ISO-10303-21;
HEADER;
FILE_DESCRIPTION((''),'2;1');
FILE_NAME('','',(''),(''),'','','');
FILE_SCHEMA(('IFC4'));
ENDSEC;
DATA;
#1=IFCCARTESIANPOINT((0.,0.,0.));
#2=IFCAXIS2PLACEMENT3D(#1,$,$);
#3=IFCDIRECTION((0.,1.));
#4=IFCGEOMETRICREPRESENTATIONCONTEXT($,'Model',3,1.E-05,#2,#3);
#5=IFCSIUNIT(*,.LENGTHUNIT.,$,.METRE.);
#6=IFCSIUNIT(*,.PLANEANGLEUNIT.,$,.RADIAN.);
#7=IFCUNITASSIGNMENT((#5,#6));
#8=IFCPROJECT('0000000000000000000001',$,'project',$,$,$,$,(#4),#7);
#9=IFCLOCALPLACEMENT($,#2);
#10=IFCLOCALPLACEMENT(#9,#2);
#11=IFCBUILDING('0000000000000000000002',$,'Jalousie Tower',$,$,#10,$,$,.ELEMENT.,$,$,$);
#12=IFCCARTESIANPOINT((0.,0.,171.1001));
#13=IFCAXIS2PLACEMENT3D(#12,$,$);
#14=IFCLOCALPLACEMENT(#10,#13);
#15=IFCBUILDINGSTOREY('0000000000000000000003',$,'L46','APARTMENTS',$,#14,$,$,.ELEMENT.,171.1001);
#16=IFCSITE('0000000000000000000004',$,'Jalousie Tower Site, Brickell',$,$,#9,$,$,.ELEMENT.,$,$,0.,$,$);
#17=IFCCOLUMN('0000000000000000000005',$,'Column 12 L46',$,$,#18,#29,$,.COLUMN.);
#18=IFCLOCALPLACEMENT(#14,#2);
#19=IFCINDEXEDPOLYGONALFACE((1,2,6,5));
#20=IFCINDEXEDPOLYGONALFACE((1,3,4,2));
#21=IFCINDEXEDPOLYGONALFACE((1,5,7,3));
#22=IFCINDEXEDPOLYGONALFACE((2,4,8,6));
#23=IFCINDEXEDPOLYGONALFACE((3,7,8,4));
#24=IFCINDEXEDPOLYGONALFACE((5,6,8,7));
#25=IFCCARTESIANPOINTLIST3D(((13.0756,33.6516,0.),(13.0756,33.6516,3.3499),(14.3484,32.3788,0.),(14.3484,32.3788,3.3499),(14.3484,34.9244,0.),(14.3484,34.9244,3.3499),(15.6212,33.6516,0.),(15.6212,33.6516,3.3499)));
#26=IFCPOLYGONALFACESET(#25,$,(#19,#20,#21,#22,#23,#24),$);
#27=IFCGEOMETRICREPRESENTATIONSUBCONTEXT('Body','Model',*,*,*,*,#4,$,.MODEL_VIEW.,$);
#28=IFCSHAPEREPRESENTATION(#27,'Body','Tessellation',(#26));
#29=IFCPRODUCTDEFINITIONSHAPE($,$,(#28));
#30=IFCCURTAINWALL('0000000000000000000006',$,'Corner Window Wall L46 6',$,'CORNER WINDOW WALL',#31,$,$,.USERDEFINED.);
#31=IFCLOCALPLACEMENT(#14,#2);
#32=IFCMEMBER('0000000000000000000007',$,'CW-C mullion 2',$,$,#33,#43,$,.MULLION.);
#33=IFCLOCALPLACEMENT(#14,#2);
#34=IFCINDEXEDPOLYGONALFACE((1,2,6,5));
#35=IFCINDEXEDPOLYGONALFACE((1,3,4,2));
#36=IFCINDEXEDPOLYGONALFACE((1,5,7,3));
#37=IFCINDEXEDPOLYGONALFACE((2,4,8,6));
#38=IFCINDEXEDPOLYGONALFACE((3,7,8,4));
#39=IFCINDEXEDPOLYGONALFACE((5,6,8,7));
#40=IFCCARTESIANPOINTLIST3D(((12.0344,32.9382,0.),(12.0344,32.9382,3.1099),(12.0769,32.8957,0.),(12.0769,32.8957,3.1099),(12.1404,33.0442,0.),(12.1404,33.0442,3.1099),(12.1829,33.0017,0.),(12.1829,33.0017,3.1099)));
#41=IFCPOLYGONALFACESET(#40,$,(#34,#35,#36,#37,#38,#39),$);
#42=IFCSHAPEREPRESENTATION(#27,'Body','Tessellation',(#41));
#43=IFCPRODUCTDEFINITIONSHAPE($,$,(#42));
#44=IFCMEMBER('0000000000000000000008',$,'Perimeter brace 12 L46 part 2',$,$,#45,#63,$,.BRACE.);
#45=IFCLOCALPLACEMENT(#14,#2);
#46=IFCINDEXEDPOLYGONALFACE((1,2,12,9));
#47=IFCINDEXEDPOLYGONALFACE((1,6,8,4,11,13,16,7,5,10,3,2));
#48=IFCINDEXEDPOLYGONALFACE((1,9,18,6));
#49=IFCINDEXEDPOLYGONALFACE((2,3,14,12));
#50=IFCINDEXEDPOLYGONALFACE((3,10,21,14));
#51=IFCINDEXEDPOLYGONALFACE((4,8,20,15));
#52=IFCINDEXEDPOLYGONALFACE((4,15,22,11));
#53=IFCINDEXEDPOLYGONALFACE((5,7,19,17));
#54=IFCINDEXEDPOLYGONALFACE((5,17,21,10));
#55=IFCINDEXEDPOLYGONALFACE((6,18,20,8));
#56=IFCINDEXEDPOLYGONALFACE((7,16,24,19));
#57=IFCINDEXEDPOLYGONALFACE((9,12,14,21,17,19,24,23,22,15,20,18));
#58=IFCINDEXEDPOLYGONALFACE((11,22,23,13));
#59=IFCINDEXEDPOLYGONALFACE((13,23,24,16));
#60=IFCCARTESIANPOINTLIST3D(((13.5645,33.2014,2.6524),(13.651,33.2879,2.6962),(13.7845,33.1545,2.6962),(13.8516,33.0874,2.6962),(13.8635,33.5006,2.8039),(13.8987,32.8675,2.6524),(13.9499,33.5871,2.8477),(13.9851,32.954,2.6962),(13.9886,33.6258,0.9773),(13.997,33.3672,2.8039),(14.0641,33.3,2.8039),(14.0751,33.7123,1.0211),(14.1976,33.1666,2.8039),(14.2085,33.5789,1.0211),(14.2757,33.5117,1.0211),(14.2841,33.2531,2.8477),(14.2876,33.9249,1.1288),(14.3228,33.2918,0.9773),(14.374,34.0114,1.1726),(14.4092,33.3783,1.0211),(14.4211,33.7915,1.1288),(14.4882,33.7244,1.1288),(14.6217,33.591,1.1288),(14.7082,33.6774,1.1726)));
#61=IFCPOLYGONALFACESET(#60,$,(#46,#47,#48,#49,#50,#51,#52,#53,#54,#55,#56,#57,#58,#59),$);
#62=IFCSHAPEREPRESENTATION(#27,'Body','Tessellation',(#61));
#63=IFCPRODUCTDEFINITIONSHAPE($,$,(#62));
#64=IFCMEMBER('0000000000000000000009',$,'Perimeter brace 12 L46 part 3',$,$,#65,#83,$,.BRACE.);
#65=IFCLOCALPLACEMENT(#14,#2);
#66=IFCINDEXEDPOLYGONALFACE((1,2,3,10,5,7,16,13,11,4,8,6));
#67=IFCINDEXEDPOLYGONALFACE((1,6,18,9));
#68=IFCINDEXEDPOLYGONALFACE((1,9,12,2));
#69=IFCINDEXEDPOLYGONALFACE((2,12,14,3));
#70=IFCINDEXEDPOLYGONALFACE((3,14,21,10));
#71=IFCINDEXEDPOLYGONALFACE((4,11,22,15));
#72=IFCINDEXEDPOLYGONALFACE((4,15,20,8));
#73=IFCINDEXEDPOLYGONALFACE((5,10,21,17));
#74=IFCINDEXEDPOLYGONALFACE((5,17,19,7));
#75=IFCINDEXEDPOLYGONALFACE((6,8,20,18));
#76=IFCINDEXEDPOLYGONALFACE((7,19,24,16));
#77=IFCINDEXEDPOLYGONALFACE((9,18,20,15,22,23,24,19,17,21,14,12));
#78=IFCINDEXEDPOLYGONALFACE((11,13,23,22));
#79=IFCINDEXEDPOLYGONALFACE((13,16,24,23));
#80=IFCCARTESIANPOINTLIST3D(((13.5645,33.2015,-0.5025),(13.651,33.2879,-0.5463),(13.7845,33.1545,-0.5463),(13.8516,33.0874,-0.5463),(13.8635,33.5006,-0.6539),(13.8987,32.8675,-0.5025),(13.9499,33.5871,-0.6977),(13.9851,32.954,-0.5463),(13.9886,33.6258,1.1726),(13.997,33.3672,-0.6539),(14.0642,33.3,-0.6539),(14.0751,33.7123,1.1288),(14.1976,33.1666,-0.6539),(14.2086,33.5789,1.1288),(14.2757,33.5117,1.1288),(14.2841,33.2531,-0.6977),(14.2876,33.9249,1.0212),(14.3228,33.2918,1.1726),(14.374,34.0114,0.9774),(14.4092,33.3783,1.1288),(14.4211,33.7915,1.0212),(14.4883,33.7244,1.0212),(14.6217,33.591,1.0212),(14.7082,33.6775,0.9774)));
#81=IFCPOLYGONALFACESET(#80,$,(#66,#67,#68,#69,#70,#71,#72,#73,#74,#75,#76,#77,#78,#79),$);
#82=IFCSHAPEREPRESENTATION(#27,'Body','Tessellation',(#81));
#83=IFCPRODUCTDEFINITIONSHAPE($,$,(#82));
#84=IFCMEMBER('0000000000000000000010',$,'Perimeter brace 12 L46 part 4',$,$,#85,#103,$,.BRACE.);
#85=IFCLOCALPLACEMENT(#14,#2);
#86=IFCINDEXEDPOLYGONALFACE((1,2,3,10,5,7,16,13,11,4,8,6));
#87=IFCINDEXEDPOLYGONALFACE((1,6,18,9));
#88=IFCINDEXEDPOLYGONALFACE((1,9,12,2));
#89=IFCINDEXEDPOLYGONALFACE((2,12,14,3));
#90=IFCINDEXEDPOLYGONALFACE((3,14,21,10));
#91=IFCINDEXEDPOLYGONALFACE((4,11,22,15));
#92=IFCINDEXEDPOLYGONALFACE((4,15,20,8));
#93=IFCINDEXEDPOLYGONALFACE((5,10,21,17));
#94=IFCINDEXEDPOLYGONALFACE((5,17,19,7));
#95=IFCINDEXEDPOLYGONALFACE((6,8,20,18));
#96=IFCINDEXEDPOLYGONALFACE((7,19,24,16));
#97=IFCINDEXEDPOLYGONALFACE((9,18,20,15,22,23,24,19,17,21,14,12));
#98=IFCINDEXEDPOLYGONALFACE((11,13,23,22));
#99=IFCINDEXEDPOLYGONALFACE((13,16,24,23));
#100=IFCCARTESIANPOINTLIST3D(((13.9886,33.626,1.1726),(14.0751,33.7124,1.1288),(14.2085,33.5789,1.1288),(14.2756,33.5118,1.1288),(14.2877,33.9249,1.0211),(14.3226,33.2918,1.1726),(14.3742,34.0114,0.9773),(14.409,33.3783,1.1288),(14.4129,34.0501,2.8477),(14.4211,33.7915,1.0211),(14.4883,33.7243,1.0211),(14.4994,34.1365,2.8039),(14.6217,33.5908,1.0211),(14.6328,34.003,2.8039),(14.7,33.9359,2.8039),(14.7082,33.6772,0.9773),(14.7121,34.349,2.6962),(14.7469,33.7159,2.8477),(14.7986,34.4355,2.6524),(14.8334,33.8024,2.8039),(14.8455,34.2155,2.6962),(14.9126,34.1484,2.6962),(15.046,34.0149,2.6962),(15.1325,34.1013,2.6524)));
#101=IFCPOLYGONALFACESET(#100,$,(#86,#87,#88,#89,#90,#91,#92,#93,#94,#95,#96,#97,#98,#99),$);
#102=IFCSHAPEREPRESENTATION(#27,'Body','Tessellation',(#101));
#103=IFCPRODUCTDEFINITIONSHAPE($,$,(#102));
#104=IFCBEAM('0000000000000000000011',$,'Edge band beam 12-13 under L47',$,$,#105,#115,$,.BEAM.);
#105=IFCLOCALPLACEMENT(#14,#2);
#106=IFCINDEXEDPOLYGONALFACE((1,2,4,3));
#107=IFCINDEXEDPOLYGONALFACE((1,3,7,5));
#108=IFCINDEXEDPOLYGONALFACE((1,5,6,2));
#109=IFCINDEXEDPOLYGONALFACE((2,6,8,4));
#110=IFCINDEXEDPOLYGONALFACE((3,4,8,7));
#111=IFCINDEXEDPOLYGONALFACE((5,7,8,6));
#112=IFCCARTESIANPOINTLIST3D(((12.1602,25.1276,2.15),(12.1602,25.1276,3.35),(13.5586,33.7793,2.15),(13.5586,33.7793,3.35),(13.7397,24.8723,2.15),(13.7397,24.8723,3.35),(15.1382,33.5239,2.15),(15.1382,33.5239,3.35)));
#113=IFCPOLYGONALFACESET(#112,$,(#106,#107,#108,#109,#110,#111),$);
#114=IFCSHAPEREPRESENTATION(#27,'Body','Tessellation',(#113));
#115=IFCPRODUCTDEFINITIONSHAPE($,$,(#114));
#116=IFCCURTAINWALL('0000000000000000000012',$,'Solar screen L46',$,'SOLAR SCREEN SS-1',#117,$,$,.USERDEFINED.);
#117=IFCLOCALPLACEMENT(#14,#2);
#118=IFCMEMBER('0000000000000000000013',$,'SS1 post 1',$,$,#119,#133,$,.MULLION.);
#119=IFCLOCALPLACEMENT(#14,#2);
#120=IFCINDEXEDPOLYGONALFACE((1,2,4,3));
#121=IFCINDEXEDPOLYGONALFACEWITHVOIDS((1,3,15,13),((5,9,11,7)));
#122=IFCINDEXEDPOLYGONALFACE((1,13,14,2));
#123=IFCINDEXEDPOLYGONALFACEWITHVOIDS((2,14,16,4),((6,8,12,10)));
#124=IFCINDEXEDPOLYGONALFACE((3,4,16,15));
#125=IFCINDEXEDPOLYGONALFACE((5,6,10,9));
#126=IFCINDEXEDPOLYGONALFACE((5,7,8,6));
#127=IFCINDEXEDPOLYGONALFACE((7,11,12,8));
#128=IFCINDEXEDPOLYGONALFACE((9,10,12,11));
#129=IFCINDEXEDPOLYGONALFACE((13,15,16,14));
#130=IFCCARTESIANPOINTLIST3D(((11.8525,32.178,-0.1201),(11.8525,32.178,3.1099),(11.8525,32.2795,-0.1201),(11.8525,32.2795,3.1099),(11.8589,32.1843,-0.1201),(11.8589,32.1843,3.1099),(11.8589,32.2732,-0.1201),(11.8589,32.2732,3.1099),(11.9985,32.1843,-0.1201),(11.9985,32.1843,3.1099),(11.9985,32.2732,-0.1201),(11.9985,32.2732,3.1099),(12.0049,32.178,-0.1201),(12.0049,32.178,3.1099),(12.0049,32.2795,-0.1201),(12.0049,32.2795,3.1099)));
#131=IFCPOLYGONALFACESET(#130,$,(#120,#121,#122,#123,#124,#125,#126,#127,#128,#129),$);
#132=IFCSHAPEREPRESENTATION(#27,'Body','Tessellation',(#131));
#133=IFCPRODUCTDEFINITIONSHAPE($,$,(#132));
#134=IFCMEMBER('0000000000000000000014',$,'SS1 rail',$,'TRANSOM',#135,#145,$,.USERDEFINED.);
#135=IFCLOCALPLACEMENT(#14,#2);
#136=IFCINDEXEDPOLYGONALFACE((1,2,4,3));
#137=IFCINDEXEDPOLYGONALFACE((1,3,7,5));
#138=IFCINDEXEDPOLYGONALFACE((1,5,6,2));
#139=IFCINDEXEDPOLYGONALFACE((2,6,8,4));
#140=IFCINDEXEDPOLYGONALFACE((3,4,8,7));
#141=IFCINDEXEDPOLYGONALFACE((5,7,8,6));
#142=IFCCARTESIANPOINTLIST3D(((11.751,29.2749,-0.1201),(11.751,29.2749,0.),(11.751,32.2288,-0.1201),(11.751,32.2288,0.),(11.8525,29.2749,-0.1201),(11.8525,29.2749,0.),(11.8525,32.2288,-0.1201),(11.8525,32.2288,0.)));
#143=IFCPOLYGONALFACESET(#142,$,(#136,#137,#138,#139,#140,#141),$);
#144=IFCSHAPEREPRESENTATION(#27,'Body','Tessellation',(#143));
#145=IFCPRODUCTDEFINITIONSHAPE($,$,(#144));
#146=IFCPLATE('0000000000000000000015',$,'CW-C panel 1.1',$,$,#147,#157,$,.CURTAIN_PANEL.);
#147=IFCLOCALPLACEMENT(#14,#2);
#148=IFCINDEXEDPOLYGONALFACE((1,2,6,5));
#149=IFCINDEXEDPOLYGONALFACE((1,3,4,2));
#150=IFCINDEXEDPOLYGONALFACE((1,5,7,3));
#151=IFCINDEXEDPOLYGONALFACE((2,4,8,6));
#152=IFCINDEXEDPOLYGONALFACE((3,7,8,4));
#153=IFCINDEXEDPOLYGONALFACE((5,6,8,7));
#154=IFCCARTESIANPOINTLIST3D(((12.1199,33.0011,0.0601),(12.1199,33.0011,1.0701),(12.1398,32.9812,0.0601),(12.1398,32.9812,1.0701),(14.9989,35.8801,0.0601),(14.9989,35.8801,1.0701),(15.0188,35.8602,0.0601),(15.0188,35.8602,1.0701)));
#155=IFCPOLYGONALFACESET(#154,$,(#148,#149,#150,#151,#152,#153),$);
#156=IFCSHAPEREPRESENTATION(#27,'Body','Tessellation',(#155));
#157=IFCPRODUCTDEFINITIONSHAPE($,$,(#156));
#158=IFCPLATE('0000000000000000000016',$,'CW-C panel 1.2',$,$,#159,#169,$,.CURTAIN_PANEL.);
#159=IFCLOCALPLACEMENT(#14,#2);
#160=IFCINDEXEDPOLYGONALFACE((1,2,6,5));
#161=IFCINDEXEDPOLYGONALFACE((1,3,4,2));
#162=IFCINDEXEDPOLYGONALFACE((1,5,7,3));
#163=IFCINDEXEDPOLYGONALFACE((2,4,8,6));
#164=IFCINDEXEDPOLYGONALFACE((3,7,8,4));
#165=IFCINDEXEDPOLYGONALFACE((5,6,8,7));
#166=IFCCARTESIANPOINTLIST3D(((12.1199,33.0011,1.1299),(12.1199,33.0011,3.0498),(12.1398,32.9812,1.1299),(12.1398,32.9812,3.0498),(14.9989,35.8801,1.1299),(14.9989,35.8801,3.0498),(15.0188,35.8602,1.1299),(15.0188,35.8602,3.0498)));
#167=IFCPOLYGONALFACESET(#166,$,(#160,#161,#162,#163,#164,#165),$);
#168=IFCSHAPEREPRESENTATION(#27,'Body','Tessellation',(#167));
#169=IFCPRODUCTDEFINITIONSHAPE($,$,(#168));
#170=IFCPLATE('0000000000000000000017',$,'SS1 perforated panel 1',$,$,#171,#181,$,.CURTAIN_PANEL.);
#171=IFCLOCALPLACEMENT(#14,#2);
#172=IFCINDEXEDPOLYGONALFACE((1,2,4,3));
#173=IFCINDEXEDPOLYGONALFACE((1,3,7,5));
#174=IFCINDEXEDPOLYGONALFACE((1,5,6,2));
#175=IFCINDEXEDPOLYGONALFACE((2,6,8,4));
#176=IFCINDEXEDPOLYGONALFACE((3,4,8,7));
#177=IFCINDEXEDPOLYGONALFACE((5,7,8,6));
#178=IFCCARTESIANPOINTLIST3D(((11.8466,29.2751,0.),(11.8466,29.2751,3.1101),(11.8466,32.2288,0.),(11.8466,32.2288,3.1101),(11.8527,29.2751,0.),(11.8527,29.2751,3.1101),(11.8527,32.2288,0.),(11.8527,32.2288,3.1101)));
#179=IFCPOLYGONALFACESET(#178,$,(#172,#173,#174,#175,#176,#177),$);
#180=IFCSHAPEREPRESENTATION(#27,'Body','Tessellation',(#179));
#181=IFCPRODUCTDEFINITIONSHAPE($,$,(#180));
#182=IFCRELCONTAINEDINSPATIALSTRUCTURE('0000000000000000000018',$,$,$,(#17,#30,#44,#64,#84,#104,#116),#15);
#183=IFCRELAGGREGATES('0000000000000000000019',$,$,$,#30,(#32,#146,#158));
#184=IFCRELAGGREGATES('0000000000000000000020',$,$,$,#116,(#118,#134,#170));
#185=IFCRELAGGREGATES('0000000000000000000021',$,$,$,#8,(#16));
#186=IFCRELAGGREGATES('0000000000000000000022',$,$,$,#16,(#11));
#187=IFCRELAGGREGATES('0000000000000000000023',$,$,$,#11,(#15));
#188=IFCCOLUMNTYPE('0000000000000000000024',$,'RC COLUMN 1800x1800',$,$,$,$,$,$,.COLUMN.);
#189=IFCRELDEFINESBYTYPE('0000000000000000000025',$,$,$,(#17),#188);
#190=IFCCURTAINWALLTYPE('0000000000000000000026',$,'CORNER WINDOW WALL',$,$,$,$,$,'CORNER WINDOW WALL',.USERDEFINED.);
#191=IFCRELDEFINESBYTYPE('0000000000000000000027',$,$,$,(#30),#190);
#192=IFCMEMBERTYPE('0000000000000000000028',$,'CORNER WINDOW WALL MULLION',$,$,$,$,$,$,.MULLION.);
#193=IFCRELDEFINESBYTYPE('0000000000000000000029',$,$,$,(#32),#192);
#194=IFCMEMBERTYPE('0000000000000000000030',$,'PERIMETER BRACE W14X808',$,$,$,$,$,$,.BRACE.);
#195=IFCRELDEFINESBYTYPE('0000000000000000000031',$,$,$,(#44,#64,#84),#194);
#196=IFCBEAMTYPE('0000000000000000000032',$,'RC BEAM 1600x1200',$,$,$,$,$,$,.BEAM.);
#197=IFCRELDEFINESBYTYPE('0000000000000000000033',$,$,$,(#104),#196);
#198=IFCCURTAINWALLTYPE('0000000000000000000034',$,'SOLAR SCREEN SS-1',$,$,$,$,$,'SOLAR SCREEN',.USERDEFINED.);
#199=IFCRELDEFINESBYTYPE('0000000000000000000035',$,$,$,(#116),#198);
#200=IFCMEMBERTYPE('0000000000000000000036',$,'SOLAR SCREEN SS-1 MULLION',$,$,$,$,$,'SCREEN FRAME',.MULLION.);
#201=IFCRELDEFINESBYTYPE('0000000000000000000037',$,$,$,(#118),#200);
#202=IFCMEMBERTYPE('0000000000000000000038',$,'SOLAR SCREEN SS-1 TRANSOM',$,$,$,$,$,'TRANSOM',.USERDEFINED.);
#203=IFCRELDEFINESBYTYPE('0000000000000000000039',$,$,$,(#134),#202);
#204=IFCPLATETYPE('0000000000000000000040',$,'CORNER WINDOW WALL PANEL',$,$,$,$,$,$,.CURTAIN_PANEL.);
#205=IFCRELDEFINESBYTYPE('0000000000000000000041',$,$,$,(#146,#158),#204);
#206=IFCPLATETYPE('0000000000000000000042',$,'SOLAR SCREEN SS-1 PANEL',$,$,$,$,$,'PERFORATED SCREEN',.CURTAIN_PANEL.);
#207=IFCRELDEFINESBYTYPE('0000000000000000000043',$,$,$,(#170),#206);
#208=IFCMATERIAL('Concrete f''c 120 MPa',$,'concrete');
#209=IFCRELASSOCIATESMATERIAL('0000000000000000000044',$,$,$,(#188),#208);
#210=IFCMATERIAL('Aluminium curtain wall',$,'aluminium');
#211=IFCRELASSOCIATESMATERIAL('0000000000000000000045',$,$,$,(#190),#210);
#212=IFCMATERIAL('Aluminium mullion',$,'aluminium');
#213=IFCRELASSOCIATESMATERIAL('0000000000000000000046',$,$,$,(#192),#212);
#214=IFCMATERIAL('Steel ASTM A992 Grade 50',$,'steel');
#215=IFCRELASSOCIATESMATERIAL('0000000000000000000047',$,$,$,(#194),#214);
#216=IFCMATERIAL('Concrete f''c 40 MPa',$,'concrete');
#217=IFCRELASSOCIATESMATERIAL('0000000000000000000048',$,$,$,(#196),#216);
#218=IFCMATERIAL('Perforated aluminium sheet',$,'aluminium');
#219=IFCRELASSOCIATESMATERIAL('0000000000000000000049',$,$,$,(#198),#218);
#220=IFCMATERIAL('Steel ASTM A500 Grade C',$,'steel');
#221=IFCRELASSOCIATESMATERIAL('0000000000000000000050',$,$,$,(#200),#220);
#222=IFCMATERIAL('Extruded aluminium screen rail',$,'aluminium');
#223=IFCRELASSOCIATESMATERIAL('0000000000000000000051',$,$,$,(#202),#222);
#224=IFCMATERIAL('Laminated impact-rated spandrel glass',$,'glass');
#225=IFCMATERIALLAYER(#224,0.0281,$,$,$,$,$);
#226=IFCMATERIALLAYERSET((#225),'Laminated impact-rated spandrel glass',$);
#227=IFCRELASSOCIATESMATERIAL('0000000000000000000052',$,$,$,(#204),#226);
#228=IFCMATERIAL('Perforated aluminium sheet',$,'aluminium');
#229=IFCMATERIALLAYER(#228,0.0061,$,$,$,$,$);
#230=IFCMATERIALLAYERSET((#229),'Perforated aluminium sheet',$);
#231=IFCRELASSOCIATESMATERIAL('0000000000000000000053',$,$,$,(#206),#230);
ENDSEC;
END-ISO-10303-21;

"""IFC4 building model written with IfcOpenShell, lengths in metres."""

from ifc_helpers import new_model, si_unit, direction, frame, origin, origin_2d, place, context, subcontext, project, spatial, rectangle, hollow_rectangle, i_section, extrude, material, layer, layer_set, material_profile, profile_set, type_object, element, aggregate, save


model = new_model("IFC4")

# Units and contexts
model_context = context("Model", 3, precision=1e-05, world=origin(), true_north=direction((0.0, 1.0)))
body_context = subcontext(model_context, "Body", "Model", "MODEL_VIEW")
ifc_project = project(units=[si_unit("LENGTHUNIT", "METRE"), si_unit("PLANEANGLEUNIT", "RADIAN")], contexts=[model_context])

# Site, building, storey
site_placement = place(None, origin())
site = spatial("IfcSite", under=ifc_project, at=site_placement, Name="Jalousie Tower Site, Brickell", CompositionType="ELEMENT", RefElevation=0.0)
building_placement = place(site_placement, origin())
building = spatial("IfcBuilding", under=site, at=building_placement, Name="Jalousie Tower", CompositionType="ELEMENT")
storey_placement = place(building_placement, frame((0.0, 0.0, 171.1001)))
storey = spatial("IfcBuildingStorey", under=building, at=storey_placement, Name="L46", Description="APARTMENTS", CompositionType="ELEMENT", Elevation=171.1001)

# Column
ifc_material_1 = material(Name="Concrete f'c 120 MPa", Category="concrete")
ifc_material_profile_1 = material_profile(ifc_material_1, rectangle(XDim=1.8, YDim=1.8, at=origin_2d()), Name="RC 1800x1800")
ifc_profile_set_1 = profile_set([ifc_material_profile_1], Name="Concrete f'c 120 MPa")
column_type = type_object("IfcColumnType", Name="RC COLUMN 1800x1800", PredefinedType="COLUMN", material=ifc_profile_set_1)
column_placement = place(storey_placement, frame((14.3484, 33.6516, 0.0), z_axis=(0.0, 0.0, 1.0), x_axis=(0.707107, 0.707107, 0.0)))
element("IfcColumn", 1, at=column_placement, inside=storey, type_object=column_type, Name="Column 12 L46", PredefinedType="COLUMN", context=body_context, shape_type="SweptSolid", body=[
    extrude(rectangle(XDim=1.8, YDim=1.8, at=origin_2d()), origin(), (0.0, 0.0, 1.0), 3.3499),
])

# Curtain wall, member
ifc_material_2 = material(Name="Aluminium curtain wall", Category="aluminium")
curtain_wall_type_1 = type_object("IfcCurtainWallType", Name="CORNER WINDOW WALL", ElementType="CORNER WINDOW WALL", PredefinedType="USERDEFINED", material=ifc_material_2)
curtain_wall_1_placement = place(storey_placement, origin())
curtain_wall_1 = element("IfcCurtainWall", 2, at=curtain_wall_1_placement, inside=storey, type_object=curtain_wall_type_1, Name="Corner Window Wall L46 6", ObjectType="CORNER WINDOW WALL", PredefinedType="USERDEFINED")
ifc_material_3 = material(Name="Aluminium mullion", Category="aluminium")
ifc_material_profile_2 = material_profile(ifc_material_3, rectangle(XDim=0.0601, YDim=0.1499, at=origin_2d()), Name="MULLION 60x150")
ifc_profile_set_2 = profile_set([ifc_material_profile_2], Name="Aluminium mullion")
member_type_1 = type_object("IfcMemberType", Name="CORNER WINDOW WALL MULLION", PredefinedType="MULLION", material=ifc_profile_set_2)
member_1_placement = place(storey_placement, frame((12.1086, 32.97, 0.0), z_axis=(0.0, 0.0, 1.0), x_axis=(0.707107, -0.707107, 0.0)))
member_1 = element("IfcMember", 3, at=member_1_placement, type_object=member_type_1, Name="CW-C mullion 2", PredefinedType="MULLION", context=body_context, shape_type="SweptSolid", body=[
    extrude(rectangle(XDim=0.0601, YDim=0.1499, at=origin_2d()), origin(), (0.0, 0.0, 1.0), 3.1099),
])

# Members
ifc_material_4 = material(Name="Steel ASTM A992 Grade 50", Category="steel")
ifc_material_profile_3 = material_profile(ifc_material_4, i_section(OverallWidth=0.4724, OverallDepth=0.5791, WebThickness=0.095, FlangeThickness=0.1299, at=origin_2d()), Name="W14X808")
ifc_profile_set_3 = profile_set([ifc_material_profile_3], Name="Steel ASTM A992 Grade 50")
member_type_2 = type_object("IfcMemberType", Name="PERIMETER BRACE W14X808", PredefinedType="BRACE", material=ifc_profile_set_3)
for number, where, z_axis, x_axis, name in (
    (4, (14.3484, 33.6516, 1.075), (-0.238346, -0.238483, 0.941444), (0.70731, -0.706903, 0.0), "Perimeter brace 12 L46 part 2"),
    (5, (13.9243, 33.2273, -0.6001), (0.238346, 0.238483, 0.941444), (-0.70731, 0.706903, 0.0), "Perimeter brace 12 L46 part 3"),
    (6, (14.3484, 33.6516, 1.075), (0.238483, 0.238346, 0.941444), (-0.706903, 0.70731, 0.0), "Perimeter brace 12 L46 part 4"),
):
    element("IfcMember", number, at=place(storey_placement, frame(where, z_axis=z_axis, x_axis=x_axis)), inside=storey, type_object=member_type_2, Name=name, PredefinedType="BRACE", context=body_context, shape_type="SweptSolid", body=[
        extrude(i_section(OverallWidth=0.4724, OverallDepth=0.5791, WebThickness=0.095, FlangeThickness=0.1299, at=origin_2d()), origin(), (0.0, 0.0, 1.0), 1.7793),
    ])

# Beam
ifc_material_5 = material(Name="Concrete f'c 40 MPa", Category="concrete")
ifc_material_profile_4 = material_profile(ifc_material_5, rectangle(XDim=1.6001, YDim=1.2, at=origin_2d()), Name="RC 1600x1200")
ifc_profile_set_4 = profile_set([ifc_material_profile_4], Name="Concrete f'c 40 MPa")
beam_type = type_object("IfcBeamType", Name="RC BEAM 1600x1200", PredefinedType="BEAM", material=ifc_profile_set_4)
beam_placement = place(storey_placement, frame((14.3484, 33.6516, 2.75), z_axis=(-0.159568, -0.987187, 0.0), x_axis=(0.987187, -0.159568, 0.0)))
element("IfcBeam", 7, at=beam_placement, inside=storey, type_object=beam_type, Name="Edge band beam 12-13 under L47", PredefinedType="BEAM", context=body_context, shape_type="SweptSolid", body=[
    extrude(rectangle(XDim=1.6001, YDim=1.2, at=origin_2d()), origin(), (0.0, 0.0, 1.0), 8.7639),
])

# Curtain wall, members
ifc_material_6 = material(Name="Perforated aluminium sheet", Category="aluminium")
curtain_wall_type_2 = type_object("IfcCurtainWallType", Name="SOLAR SCREEN SS-1", ElementType="SOLAR SCREEN", PredefinedType="USERDEFINED", material=ifc_material_6)
curtain_wall_2_placement = place(storey_placement, origin())
curtain_wall_2 = element("IfcCurtainWall", 8, at=curtain_wall_2_placement, inside=storey, type_object=curtain_wall_type_2, Name="Solar screen L46", ObjectType="SOLAR SCREEN SS-1", PredefinedType="USERDEFINED")
ifc_material_7 = material(Name="Steel ASTM A500 Grade C", Category="steel")
ifc_material_profile_5 = material_profile(ifc_material_7, hollow_rectangle(XDim=0.1016, YDim=0.1523, WallThickness=0.0063, at=origin_2d()), Name="HSS6X4X1/4")
ifc_profile_set_5 = profile_set([ifc_material_profile_5], Name="Steel ASTM A500 Grade C")
member_type_3 = type_object("IfcMemberType", Name="SOLAR SCREEN SS-1 MULLION", ElementType="SCREEN FRAME", PredefinedType="MULLION", material=ifc_profile_set_5)
member_2_placement = place(storey_placement, frame((11.9287, 32.2288, -0.1201), z_axis=(0.0, 0.0, 1.0), x_axis=(0.0, -1.0, 0.0)))
member_2 = element("IfcMember", 9, at=member_2_placement, type_object=member_type_3, Name="SS1 post 1", PredefinedType="MULLION", context=body_context, shape_type="SweptSolid", body=[
    extrude(hollow_rectangle(XDim=0.1016, YDim=0.1523, WallThickness=0.0063, at=origin_2d()), origin(), (0.0, 0.0, 1.0), 3.23),
])
ifc_material_8 = material(Name="Extruded aluminium screen rail", Category="aluminium")
ifc_material_profile_6 = material_profile(ifc_material_8, rectangle(XDim=0.1016, YDim=0.1201, at=origin_2d()), Name="RAIL 102x120")
ifc_profile_set_6 = profile_set([ifc_material_profile_6], Name="Extruded aluminium screen rail")
member_type_4 = type_object("IfcMemberType", Name="SOLAR SCREEN SS-1 TRANSOM", ElementType="TRANSOM", PredefinedType="USERDEFINED", material=ifc_profile_set_6)
member_3_placement = place(storey_placement, frame((11.8018, 32.2288, -0.0601), z_axis=(0.0, -1.0, 0.0), x_axis=(1.0, 0.0, 0.0)))
member_3 = element("IfcMember", 10, at=member_3_placement, type_object=member_type_4, Name="SS1 rail", ObjectType="TRANSOM", PredefinedType="USERDEFINED", context=body_context, shape_type="SweptSolid", body=[
    extrude(rectangle(XDim=0.1016, YDim=0.1201, at=origin_2d()), origin(), (0.0, 0.0, 1.0), 2.9539),
])

# Plates
ifc_material_9 = material(Name="Laminated impact-rated spandrel glass", Category="glass")
ifc_layer_1 = layer(ifc_material_9, 0.0281)
ifc_layer_set_1 = layer_set([ifc_layer_1], Name="Laminated impact-rated spandrel glass")
plate_type_1 = type_object("IfcPlateType", Name="CORNER WINDOW WALL PANEL", PredefinedType="CURTAIN_PANEL", material=ifc_layer_set_1)
plate_1_placement = place(storey_placement, frame((13.5693, 34.4307, 0.0601), z_axis=(0.0, 0.0, 1.0), x_axis=(-0.707107, -0.707107, 0.0)))
plate_1 = element("IfcPlate", 11, at=plate_1_placement, type_object=plate_type_1, Name="CW-C panel 1.1", PredefinedType="CURTAIN_PANEL", context=body_context, shape_type="SweptSolid", body=[
    extrude(rectangle(XDim=4.0715, YDim=0.0281, at=origin_2d()), origin(), (0.0, 0.0, 1.0), 1.01),
])
plate_2_placement = place(storey_placement, frame((13.5693, 34.4307, 1.1299), z_axis=(0.0, 0.0, 1.0), x_axis=(-0.707107, -0.707107, 0.0)))
plate_2 = element("IfcPlate", 12, at=plate_2_placement, type_object=plate_type_1, Name="CW-C panel 1.2", PredefinedType="CURTAIN_PANEL", context=body_context, shape_type="SweptSolid", body=[
    extrude(rectangle(XDim=4.0715, YDim=0.0281, at=origin_2d()), origin(), (0.0, 0.0, 1.0), 1.9199),
])
aggregate(curtain_wall_1, [member_1, plate_1, plate_2])
ifc_material_10 = material(Name="Perforated aluminium sheet", Category="aluminium")
ifc_layer_2 = layer(ifc_material_10, 0.0061)
ifc_layer_set_2 = layer_set([ifc_layer_2], Name="Perforated aluminium sheet")
plate_type_2 = type_object("IfcPlateType", Name="SOLAR SCREEN SS-1 PANEL", ElementType="PERFORATED SCREEN", PredefinedType="CURTAIN_PANEL", material=ifc_layer_set_2)
plate_3_placement = place(storey_placement, frame((11.8496, 30.752, 0.0), z_axis=(0.0, 0.0, 1.0), x_axis=(0.0, -1.0, 0.0)))
plate_3 = element("IfcPlate", 13, at=plate_3_placement, type_object=plate_type_2, Name="SS1 perforated panel 1", PredefinedType="CURTAIN_PANEL", context=body_context, shape_type="SweptSolid", body=[
    extrude(rectangle(XDim=2.9536, YDim=0.0061, at=origin_2d()), origin(), (0.0, 0.0, 1.0), 3.1101),
])
aggregate(curtain_wall_2, [member_2, member_3, plate_3])

save(model, "model.ifc")
